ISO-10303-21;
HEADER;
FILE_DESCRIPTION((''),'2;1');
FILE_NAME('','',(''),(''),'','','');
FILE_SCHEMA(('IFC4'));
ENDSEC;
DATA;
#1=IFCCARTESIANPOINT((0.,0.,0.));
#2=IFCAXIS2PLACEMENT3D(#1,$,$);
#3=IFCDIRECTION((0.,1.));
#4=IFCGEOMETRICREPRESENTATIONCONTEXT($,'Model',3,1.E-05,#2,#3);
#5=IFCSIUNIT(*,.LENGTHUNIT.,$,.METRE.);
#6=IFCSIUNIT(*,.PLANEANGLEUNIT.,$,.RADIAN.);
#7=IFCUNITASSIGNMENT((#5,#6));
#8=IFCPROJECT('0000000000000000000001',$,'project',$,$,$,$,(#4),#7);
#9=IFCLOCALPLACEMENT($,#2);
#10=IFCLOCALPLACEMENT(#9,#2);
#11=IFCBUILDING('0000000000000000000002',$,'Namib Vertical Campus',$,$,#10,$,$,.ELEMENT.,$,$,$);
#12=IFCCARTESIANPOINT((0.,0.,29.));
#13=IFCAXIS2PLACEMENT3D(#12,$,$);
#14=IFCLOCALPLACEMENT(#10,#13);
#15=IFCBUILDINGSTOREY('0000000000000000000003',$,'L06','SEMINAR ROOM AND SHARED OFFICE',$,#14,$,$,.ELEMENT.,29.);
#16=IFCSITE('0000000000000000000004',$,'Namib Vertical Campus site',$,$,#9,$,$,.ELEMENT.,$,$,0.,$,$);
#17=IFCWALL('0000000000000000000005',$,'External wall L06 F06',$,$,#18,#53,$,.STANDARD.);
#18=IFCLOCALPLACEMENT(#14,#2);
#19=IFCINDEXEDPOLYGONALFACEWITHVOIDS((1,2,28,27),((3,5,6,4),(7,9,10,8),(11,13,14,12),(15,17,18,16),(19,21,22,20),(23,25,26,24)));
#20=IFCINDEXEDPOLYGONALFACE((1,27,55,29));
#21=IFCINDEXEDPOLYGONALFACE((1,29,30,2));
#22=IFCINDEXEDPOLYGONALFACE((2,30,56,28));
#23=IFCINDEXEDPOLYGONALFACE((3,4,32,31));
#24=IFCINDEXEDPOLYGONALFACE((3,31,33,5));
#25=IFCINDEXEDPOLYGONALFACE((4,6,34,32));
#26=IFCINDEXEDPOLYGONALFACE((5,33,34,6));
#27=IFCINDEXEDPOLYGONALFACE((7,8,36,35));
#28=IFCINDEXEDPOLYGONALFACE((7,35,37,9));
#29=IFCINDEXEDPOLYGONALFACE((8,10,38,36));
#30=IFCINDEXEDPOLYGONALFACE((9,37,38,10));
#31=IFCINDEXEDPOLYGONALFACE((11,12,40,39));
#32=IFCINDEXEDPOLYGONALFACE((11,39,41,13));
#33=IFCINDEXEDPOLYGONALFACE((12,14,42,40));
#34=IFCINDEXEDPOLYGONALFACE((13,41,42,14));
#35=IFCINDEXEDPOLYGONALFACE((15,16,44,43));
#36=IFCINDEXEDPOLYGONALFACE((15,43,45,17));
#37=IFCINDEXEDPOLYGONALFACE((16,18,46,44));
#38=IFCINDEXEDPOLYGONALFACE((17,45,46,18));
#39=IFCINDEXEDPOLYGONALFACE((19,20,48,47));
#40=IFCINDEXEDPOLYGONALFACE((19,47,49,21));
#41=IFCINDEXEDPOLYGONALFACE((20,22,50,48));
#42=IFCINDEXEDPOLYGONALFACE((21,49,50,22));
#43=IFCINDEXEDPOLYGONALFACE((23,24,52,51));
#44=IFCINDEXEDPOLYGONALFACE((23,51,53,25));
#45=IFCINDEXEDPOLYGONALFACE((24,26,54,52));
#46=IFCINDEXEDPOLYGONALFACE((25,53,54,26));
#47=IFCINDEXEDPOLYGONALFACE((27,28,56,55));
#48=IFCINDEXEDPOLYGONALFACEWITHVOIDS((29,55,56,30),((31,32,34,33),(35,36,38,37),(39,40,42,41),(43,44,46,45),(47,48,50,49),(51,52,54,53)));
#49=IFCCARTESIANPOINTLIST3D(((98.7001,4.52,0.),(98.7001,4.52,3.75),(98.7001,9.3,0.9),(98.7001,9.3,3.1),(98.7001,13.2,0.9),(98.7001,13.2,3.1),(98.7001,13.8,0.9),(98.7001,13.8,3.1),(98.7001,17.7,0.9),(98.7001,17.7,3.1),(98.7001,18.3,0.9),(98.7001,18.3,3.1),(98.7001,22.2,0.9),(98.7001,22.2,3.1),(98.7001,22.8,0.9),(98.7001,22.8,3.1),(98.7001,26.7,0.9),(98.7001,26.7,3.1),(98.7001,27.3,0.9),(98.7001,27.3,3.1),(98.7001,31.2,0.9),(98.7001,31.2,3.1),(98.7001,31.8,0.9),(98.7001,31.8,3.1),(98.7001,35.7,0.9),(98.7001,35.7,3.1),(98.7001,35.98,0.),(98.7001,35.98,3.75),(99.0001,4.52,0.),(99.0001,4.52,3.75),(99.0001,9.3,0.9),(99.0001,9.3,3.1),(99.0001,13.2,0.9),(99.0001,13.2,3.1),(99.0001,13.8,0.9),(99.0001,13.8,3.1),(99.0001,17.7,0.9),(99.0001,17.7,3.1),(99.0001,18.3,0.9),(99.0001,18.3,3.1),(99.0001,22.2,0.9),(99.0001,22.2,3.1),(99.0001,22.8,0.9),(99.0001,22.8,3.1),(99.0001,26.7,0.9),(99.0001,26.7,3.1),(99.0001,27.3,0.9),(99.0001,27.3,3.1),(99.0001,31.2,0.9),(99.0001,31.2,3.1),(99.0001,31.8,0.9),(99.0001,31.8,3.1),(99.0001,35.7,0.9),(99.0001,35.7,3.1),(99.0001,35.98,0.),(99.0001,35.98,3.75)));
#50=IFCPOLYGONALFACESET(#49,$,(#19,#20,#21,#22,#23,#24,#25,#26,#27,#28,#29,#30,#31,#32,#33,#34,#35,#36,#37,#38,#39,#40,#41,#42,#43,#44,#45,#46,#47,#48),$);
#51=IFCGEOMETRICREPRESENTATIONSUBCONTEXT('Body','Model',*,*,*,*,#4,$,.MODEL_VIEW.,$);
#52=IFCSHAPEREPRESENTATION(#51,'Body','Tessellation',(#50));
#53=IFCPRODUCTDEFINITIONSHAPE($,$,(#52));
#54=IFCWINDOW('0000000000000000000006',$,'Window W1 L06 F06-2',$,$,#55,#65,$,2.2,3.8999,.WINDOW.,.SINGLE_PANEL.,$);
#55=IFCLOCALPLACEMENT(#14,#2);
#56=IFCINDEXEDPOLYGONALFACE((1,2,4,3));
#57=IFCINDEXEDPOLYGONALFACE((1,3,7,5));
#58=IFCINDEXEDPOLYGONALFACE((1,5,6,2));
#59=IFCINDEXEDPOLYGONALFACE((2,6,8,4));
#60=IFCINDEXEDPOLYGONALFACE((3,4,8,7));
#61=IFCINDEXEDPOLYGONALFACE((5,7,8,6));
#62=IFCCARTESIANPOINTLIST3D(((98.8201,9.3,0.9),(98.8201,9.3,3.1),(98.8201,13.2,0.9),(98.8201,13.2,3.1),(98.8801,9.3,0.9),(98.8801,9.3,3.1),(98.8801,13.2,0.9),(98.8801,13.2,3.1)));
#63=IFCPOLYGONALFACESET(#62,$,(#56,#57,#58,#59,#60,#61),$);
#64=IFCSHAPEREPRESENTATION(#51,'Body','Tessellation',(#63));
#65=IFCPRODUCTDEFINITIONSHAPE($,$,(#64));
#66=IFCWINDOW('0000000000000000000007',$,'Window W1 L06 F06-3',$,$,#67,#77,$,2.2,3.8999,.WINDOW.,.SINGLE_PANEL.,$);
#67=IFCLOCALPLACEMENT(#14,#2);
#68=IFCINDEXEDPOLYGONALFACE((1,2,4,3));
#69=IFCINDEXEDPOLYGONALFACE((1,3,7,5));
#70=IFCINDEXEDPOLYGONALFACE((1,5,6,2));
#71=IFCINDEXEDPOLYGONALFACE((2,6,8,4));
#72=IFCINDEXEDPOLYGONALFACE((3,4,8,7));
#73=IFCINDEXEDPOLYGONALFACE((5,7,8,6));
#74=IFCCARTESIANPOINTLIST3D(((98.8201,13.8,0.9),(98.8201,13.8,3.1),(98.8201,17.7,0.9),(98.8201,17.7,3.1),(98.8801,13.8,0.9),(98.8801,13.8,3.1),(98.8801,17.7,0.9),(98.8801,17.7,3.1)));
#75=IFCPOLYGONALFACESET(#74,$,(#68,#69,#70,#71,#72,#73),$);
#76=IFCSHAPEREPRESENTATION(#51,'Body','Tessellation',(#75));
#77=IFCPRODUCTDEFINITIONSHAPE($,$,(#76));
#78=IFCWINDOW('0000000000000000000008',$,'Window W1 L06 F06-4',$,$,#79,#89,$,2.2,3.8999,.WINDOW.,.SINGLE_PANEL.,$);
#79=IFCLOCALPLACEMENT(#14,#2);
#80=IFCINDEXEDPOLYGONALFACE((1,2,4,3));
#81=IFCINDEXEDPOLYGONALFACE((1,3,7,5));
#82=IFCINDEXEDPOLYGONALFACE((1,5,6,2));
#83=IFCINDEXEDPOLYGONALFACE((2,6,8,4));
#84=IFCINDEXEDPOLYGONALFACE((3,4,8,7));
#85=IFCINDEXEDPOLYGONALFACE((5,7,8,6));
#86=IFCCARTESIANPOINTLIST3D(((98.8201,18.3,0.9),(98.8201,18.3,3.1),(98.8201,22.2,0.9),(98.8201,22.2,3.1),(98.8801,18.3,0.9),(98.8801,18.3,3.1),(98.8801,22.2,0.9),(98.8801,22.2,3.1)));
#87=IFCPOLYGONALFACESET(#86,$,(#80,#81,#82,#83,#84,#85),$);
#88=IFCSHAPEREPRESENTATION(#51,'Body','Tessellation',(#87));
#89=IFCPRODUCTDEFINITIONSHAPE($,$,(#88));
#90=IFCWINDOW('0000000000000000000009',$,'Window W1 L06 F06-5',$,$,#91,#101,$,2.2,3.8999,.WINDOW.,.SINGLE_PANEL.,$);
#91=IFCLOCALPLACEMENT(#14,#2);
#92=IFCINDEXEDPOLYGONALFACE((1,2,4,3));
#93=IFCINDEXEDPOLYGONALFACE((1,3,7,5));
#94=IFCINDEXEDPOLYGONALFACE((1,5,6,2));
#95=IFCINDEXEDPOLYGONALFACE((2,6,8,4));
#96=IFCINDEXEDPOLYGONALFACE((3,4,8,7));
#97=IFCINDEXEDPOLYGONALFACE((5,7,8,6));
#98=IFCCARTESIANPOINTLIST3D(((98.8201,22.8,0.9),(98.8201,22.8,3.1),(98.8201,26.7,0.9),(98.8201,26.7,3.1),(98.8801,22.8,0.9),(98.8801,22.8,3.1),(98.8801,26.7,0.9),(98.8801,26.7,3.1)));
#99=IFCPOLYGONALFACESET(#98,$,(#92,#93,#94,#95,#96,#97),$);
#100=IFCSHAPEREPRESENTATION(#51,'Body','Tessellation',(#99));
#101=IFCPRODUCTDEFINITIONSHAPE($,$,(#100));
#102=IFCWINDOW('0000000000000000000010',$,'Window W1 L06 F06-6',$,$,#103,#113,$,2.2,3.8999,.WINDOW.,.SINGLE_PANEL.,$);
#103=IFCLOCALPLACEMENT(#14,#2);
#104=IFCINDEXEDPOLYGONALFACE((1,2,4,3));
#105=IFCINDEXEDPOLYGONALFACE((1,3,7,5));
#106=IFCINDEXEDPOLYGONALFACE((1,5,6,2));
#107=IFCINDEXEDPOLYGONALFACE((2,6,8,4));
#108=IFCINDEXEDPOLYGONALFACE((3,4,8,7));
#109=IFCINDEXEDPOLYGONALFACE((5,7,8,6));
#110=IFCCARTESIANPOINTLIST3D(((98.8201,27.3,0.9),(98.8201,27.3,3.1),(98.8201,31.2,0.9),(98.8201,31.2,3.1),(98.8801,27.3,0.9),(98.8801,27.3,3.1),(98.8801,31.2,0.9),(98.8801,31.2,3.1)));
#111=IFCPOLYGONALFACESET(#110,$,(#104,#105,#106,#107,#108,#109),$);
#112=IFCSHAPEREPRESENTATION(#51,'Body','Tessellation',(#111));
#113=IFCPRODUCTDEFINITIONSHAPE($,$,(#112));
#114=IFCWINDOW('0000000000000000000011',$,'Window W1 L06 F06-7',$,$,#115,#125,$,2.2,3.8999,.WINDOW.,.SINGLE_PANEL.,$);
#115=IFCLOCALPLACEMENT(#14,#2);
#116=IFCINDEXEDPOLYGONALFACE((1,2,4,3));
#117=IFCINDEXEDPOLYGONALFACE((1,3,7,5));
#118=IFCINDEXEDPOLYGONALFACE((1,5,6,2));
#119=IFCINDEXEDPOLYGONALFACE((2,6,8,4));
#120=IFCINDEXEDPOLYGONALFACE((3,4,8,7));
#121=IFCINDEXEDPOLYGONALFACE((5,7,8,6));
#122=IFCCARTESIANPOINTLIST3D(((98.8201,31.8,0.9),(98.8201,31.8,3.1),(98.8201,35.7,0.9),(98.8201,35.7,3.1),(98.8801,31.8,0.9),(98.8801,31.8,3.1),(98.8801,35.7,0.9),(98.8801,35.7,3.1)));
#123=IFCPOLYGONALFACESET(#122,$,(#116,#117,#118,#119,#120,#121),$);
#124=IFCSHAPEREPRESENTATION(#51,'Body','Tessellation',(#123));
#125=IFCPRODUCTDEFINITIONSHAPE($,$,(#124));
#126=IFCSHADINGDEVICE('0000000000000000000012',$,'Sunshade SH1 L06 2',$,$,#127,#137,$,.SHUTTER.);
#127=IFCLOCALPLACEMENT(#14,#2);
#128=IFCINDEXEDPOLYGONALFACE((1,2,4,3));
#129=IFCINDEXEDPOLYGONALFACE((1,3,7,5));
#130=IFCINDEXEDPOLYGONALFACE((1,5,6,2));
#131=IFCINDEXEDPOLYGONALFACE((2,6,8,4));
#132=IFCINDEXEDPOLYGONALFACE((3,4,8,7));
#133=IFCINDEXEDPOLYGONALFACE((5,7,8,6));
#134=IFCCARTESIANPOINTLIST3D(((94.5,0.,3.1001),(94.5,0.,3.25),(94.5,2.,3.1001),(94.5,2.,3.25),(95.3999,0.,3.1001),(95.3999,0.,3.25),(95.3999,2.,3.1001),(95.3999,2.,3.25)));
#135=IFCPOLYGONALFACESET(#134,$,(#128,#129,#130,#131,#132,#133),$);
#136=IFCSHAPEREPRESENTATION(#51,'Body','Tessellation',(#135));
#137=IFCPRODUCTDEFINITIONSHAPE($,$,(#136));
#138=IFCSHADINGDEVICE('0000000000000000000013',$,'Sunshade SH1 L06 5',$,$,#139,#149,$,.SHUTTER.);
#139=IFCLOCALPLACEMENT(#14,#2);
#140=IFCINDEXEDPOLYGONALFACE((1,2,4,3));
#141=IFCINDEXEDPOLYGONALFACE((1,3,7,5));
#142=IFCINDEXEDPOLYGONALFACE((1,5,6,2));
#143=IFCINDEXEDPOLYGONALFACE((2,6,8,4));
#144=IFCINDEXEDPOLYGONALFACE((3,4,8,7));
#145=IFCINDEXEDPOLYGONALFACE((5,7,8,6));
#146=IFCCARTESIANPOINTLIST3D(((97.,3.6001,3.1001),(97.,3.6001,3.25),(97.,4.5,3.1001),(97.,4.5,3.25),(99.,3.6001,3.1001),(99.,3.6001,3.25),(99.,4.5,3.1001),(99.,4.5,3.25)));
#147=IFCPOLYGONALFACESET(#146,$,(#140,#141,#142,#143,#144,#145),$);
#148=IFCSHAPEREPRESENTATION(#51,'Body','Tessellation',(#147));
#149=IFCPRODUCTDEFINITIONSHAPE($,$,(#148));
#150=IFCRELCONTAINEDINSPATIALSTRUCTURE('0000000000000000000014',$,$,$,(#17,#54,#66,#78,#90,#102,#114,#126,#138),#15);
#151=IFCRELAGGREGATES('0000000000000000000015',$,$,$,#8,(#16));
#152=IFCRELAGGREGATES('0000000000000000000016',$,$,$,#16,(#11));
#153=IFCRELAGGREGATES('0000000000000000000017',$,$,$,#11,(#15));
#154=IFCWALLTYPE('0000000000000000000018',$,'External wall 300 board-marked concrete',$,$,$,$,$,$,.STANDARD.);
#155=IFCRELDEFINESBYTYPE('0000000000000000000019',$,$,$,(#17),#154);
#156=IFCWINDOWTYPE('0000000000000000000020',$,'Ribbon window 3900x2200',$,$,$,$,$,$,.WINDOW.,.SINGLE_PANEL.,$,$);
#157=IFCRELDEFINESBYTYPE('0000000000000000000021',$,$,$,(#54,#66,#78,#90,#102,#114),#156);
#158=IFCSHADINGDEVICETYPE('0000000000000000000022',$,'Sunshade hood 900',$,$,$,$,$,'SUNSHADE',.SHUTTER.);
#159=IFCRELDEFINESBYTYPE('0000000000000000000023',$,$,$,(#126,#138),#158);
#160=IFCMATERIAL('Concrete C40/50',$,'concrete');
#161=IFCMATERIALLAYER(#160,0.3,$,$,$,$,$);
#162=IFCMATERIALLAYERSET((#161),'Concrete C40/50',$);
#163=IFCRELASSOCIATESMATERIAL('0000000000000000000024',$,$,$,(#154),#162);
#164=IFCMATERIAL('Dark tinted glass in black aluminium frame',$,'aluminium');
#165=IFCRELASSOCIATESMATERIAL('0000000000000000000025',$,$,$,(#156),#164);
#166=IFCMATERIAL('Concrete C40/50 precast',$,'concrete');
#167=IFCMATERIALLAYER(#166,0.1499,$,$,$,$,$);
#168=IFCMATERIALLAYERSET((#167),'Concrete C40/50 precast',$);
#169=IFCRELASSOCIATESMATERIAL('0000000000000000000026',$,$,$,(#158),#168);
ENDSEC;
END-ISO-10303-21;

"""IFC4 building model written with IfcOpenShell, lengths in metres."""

from ifc_helpers import new_model, si_unit, direction, frame, frame_2d, origin, origin_2d, place, context, subcontext, project, spatial, rectangle, extrude, material, layer, layer_set, type_object, element, fill, save


model = new_model("IFC4")

# Units and contexts
model_context = context("Model", 3, precision=1e-05, world=origin(), true_north=direction((0.0, 1.0)))
body_context = subcontext(model_context, "Body", "Model", "MODEL_VIEW")
ifc_project = project(units=[si_unit("LENGTHUNIT", "METRE"), si_unit("PLANEANGLEUNIT", "RADIAN")], contexts=[model_context])

# Site, building, storey
site_placement = place(None, origin())
site = spatial("IfcSite", under=ifc_project, at=site_placement, Name="Namib Vertical Campus site", CompositionType="ELEMENT", RefElevation=0.0)
building_placement = place(site_placement, origin())
building = spatial("IfcBuilding", under=site, at=building_placement, Name="Namib Vertical Campus", CompositionType="ELEMENT")
storey_placement = place(building_placement, frame((0.0, 0.0, 29.0)))
storey = spatial("IfcBuildingStorey", under=building, at=storey_placement, Name="L06", Description="SEMINAR ROOM AND SHARED OFFICE", CompositionType="ELEMENT", Elevation=29.0)

# Shared definitions
ifc_material_1 = material(Name="Concrete C40/50", Category="concrete")
ifc_layer_1 = layer(ifc_material_1, 0.3)
ifc_layer_set_1 = layer_set([ifc_layer_1], Name="Concrete C40/50")
wall_type = type_object("IfcWallType", Name="External wall 300 board-marked concrete", PredefinedType="STANDARD", material=ifc_layer_set_1)

# Wall, openings, windows
wall_1_placement = place(storey_placement, frame((98.8501, 4.52, 0.0), z_axis=(0.0, 0.0, 1.0), x_axis=(0.0, 1.0, 0.0)))
wall_1 = element("IfcWall", 1, at=wall_1_placement, inside=storey, type_object=wall_type, Name="External wall L06 F06", PredefinedType="STANDARD", context=body_context, shape_type="SweptSolid", body=[
    extrude(rectangle(XDim=31.46, YDim=0.3, at=frame_2d((15.73, 0.0))), origin(), (0.0, 0.0, 1.0), 3.75),
])
opening_1_placement = place(wall_1_placement, frame((4.78, 0.0, 0.8999)))
opening_1 = element("IfcOpeningElement", 2, at=opening_1_placement, cuts=wall_1, PredefinedType="OPENING", context=body_context, shape_type="SweptSolid", body=[
    extrude(rectangle(XDim=3.8999, YDim=2.2, at=frame_2d((1.95, 1.1001))), frame((0.0, 0.1599, 0.0), z_axis=(0.0, -1.0, 0.0), x_axis=(1.0, 0.0, 0.0)), (0.0, 0.0, 1.0), 0.3201),
])
opening_2_placement = place(wall_1_placement, frame((9.28, 0.0, 0.8999)))
opening_2 = element("IfcOpeningElement", 3, at=opening_2_placement, cuts=wall_1, PredefinedType="OPENING", context=body_context, shape_type="SweptSolid", body=[
    extrude(rectangle(XDim=3.8999, YDim=2.2, at=frame_2d((1.95, 1.1001))), frame((0.0, 0.1599, 0.0), z_axis=(0.0, -1.0, 0.0), x_axis=(1.0, 0.0, 0.0)), (0.0, 0.0, 1.0), 0.3201),
])
opening_3_placement = place(wall_1_placement, frame((13.78, 0.0, 0.8999)))
opening_3 = element("IfcOpeningElement", 4, at=opening_3_placement, cuts=wall_1, PredefinedType="OPENING", context=body_context, shape_type="SweptSolid", body=[
    extrude(rectangle(XDim=3.8999, YDim=2.2, at=frame_2d((1.95, 1.1001))), frame((0.0, 0.1599, 0.0), z_axis=(0.0, -1.0, 0.0), x_axis=(1.0, 0.0, 0.0)), (0.0, 0.0, 1.0), 0.3201),
])
opening_4_placement = place(wall_1_placement, frame((18.28, 0.0, 0.8999)))
opening_4 = element("IfcOpeningElement", 5, at=opening_4_placement, cuts=wall_1, PredefinedType="OPENING", context=body_context, shape_type="SweptSolid", body=[
    extrude(rectangle(XDim=3.8999, YDim=2.2, at=frame_2d((1.95, 1.1001))), frame((0.0, 0.1599, 0.0), z_axis=(0.0, -1.0, 0.0), x_axis=(1.0, 0.0, 0.0)), (0.0, 0.0, 1.0), 0.3201),
])
opening_5_placement = place(wall_1_placement, frame((22.78, 0.0, 0.8999)))
opening_5 = element("IfcOpeningElement", 6, at=opening_5_placement, cuts=wall_1, PredefinedType="OPENING", context=body_context, shape_type="SweptSolid", body=[
    extrude(rectangle(XDim=3.8999, YDim=2.2, at=frame_2d((1.95, 1.1001))), frame((0.0, 0.1599, 0.0), z_axis=(0.0, -1.0, 0.0), x_axis=(1.0, 0.0, 0.0)), (0.0, 0.0, 1.0), 0.3201),
])
opening_6_placement = place(wall_1_placement, frame((27.28, 0.0, 0.8999)))
opening_6 = element("IfcOpeningElement", 7, at=opening_6_placement, cuts=wall_1, PredefinedType="OPENING", context=body_context, shape_type="SweptSolid", body=[
    extrude(rectangle(XDim=3.8999, YDim=2.2, at=frame_2d((1.95, 1.1001))), frame((0.0, 0.1599, 0.0), z_axis=(0.0, -1.0, 0.0), x_axis=(1.0, 0.0, 0.0)), (0.0, 0.0, 1.0), 0.3201),
])
ifc_material_2 = material(Name="Dark tinted glass in black aluminium frame", Category="aluminium")
window_type = type_object("IfcWindowType", Name="Ribbon window 3900x2200", PartitioningType="SINGLE_PANEL", PredefinedType="WINDOW", material=ifc_material_2)
window_1_placement = place(opening_1_placement, origin())
window_1 = element("IfcWindow", 8, at=window_1_placement, inside=storey, type_object=window_type, Name="Window W1 L06 F06-2", OverallHeight=2.2, OverallWidth=3.8999, PartitioningType="SINGLE_PANEL", PredefinedType="WINDOW", context=body_context, shape_type="SweptSolid", body=[
    extrude(rectangle(XDim=3.8999, YDim=2.2, at=frame_2d((1.95, 1.1001))), frame((0.0, 0.03, 0.0), z_axis=(0.0, -1.0, 0.0), x_axis=(1.0, 0.0, 0.0)), (0.0, 0.0, 1.0), 0.0601),
])
fill(opening_1, window_1)
window_2_placement = place(opening_2_placement, origin())
window_2 = element("IfcWindow", 9, at=window_2_placement, inside=storey, type_object=window_type, Name="Window W1 L06 F06-3", OverallHeight=2.2, OverallWidth=3.8999, PartitioningType="SINGLE_PANEL", PredefinedType="WINDOW", context=body_context, shape_type="SweptSolid", body=[
    extrude(rectangle(XDim=3.8999, YDim=2.2, at=frame_2d((1.95, 1.1001))), frame((0.0, 0.03, 0.0), z_axis=(0.0, -1.0, 0.0), x_axis=(1.0, 0.0, 0.0)), (0.0, 0.0, 1.0), 0.0601),
])
fill(opening_2, window_2)
window_3_placement = place(opening_3_placement, origin())
window_3 = element("IfcWindow", 10, at=window_3_placement, inside=storey, type_object=window_type, Name="Window W1 L06 F06-4", OverallHeight=2.2, OverallWidth=3.8999, PartitioningType="SINGLE_PANEL", PredefinedType="WINDOW", context=body_context, shape_type="SweptSolid", body=[
    extrude(rectangle(XDim=3.8999, YDim=2.2, at=frame_2d((1.95, 1.1001))), frame((0.0, 0.03, 0.0), z_axis=(0.0, -1.0, 0.0), x_axis=(1.0, 0.0, 0.0)), (0.0, 0.0, 1.0), 0.0601),
])
fill(opening_3, window_3)
window_4_placement = place(opening_4_placement, origin())
window_4 = element("IfcWindow", 11, at=window_4_placement, inside=storey, type_object=window_type, Name="Window W1 L06 F06-5", OverallHeight=2.2, OverallWidth=3.8999, PartitioningType="SINGLE_PANEL", PredefinedType="WINDOW", context=body_context, shape_type="SweptSolid", body=[
    extrude(rectangle(XDim=3.8999, YDim=2.2, at=frame_2d((1.95, 1.1001))), frame((0.0, 0.03, 0.0), z_axis=(0.0, -1.0, 0.0), x_axis=(1.0, 0.0, 0.0)), (0.0, 0.0, 1.0), 0.0601),
])
fill(opening_4, window_4)
window_5_placement = place(opening_5_placement, origin())
window_5 = element("IfcWindow", 12, at=window_5_placement, inside=storey, type_object=window_type, Name="Window W1 L06 F06-6", OverallHeight=2.2, OverallWidth=3.8999, PartitioningType="SINGLE_PANEL", PredefinedType="WINDOW", context=body_context, shape_type="SweptSolid", body=[
    extrude(rectangle(XDim=3.8999, YDim=2.2, at=frame_2d((1.95, 1.1001))), frame((0.0, 0.03, 0.0), z_axis=(0.0, -1.0, 0.0), x_axis=(1.0, 0.0, 0.0)), (0.0, 0.0, 1.0), 0.0601),
])
fill(opening_5, window_5)
window_6_placement = place(opening_6_placement, origin())
window_6 = element("IfcWindow", 13, at=window_6_placement, inside=storey, type_object=window_type, Name="Window W1 L06 F06-7", OverallHeight=2.2, OverallWidth=3.8999, PartitioningType="SINGLE_PANEL", PredefinedType="WINDOW", context=body_context, shape_type="SweptSolid", body=[
    extrude(rectangle(XDim=3.8999, YDim=2.2, at=frame_2d((1.95, 1.1001))), frame((0.0, 0.03, 0.0), z_axis=(0.0, -1.0, 0.0), x_axis=(1.0, 0.0, 0.0)), (0.0, 0.0, 1.0), 0.0601),
])
fill(opening_6, window_6)

# Shading devices
ifc_material_3 = material(Name="Concrete C40/50 precast", Category="concrete")
ifc_layer_2 = layer(ifc_material_3, 0.1499)
ifc_layer_set_2 = layer_set([ifc_layer_2], Name="Concrete C40/50 precast")
shading_device_type = type_object("IfcShadingDeviceType", Name="Sunshade hood 900", ElementType="SUNSHADE", PredefinedType="SHUTTER", material=ifc_layer_set_2)
for number, where, z_axis, x_axis, name in (
    (14, (94.95, 1.0, 3.1001), (0.0, 0.0, 1.0), (0.0, 1.0, 0.0), "Sunshade SH1 L06 2"),
    (15, (98.0, 4.05, 3.1001), (0.0, 0.0, 1.0), (1.0, 0.0, 0.0), "Sunshade SH1 L06 5"),
):
    element("IfcShadingDevice", number, at=place(storey_placement, frame(where, z_axis=z_axis, x_axis=x_axis)), inside=storey, type_object=shading_device_type, Name=name, PredefinedType="SHUTTER", context=body_context, shape_type="SweptSolid", body=[
        extrude(rectangle(XDim=2.0, YDim=0.8999, at=origin_2d()), origin(), (0.0, 0.0, 1.0), 0.1499),
    ])

save(model, "model.ifc")
